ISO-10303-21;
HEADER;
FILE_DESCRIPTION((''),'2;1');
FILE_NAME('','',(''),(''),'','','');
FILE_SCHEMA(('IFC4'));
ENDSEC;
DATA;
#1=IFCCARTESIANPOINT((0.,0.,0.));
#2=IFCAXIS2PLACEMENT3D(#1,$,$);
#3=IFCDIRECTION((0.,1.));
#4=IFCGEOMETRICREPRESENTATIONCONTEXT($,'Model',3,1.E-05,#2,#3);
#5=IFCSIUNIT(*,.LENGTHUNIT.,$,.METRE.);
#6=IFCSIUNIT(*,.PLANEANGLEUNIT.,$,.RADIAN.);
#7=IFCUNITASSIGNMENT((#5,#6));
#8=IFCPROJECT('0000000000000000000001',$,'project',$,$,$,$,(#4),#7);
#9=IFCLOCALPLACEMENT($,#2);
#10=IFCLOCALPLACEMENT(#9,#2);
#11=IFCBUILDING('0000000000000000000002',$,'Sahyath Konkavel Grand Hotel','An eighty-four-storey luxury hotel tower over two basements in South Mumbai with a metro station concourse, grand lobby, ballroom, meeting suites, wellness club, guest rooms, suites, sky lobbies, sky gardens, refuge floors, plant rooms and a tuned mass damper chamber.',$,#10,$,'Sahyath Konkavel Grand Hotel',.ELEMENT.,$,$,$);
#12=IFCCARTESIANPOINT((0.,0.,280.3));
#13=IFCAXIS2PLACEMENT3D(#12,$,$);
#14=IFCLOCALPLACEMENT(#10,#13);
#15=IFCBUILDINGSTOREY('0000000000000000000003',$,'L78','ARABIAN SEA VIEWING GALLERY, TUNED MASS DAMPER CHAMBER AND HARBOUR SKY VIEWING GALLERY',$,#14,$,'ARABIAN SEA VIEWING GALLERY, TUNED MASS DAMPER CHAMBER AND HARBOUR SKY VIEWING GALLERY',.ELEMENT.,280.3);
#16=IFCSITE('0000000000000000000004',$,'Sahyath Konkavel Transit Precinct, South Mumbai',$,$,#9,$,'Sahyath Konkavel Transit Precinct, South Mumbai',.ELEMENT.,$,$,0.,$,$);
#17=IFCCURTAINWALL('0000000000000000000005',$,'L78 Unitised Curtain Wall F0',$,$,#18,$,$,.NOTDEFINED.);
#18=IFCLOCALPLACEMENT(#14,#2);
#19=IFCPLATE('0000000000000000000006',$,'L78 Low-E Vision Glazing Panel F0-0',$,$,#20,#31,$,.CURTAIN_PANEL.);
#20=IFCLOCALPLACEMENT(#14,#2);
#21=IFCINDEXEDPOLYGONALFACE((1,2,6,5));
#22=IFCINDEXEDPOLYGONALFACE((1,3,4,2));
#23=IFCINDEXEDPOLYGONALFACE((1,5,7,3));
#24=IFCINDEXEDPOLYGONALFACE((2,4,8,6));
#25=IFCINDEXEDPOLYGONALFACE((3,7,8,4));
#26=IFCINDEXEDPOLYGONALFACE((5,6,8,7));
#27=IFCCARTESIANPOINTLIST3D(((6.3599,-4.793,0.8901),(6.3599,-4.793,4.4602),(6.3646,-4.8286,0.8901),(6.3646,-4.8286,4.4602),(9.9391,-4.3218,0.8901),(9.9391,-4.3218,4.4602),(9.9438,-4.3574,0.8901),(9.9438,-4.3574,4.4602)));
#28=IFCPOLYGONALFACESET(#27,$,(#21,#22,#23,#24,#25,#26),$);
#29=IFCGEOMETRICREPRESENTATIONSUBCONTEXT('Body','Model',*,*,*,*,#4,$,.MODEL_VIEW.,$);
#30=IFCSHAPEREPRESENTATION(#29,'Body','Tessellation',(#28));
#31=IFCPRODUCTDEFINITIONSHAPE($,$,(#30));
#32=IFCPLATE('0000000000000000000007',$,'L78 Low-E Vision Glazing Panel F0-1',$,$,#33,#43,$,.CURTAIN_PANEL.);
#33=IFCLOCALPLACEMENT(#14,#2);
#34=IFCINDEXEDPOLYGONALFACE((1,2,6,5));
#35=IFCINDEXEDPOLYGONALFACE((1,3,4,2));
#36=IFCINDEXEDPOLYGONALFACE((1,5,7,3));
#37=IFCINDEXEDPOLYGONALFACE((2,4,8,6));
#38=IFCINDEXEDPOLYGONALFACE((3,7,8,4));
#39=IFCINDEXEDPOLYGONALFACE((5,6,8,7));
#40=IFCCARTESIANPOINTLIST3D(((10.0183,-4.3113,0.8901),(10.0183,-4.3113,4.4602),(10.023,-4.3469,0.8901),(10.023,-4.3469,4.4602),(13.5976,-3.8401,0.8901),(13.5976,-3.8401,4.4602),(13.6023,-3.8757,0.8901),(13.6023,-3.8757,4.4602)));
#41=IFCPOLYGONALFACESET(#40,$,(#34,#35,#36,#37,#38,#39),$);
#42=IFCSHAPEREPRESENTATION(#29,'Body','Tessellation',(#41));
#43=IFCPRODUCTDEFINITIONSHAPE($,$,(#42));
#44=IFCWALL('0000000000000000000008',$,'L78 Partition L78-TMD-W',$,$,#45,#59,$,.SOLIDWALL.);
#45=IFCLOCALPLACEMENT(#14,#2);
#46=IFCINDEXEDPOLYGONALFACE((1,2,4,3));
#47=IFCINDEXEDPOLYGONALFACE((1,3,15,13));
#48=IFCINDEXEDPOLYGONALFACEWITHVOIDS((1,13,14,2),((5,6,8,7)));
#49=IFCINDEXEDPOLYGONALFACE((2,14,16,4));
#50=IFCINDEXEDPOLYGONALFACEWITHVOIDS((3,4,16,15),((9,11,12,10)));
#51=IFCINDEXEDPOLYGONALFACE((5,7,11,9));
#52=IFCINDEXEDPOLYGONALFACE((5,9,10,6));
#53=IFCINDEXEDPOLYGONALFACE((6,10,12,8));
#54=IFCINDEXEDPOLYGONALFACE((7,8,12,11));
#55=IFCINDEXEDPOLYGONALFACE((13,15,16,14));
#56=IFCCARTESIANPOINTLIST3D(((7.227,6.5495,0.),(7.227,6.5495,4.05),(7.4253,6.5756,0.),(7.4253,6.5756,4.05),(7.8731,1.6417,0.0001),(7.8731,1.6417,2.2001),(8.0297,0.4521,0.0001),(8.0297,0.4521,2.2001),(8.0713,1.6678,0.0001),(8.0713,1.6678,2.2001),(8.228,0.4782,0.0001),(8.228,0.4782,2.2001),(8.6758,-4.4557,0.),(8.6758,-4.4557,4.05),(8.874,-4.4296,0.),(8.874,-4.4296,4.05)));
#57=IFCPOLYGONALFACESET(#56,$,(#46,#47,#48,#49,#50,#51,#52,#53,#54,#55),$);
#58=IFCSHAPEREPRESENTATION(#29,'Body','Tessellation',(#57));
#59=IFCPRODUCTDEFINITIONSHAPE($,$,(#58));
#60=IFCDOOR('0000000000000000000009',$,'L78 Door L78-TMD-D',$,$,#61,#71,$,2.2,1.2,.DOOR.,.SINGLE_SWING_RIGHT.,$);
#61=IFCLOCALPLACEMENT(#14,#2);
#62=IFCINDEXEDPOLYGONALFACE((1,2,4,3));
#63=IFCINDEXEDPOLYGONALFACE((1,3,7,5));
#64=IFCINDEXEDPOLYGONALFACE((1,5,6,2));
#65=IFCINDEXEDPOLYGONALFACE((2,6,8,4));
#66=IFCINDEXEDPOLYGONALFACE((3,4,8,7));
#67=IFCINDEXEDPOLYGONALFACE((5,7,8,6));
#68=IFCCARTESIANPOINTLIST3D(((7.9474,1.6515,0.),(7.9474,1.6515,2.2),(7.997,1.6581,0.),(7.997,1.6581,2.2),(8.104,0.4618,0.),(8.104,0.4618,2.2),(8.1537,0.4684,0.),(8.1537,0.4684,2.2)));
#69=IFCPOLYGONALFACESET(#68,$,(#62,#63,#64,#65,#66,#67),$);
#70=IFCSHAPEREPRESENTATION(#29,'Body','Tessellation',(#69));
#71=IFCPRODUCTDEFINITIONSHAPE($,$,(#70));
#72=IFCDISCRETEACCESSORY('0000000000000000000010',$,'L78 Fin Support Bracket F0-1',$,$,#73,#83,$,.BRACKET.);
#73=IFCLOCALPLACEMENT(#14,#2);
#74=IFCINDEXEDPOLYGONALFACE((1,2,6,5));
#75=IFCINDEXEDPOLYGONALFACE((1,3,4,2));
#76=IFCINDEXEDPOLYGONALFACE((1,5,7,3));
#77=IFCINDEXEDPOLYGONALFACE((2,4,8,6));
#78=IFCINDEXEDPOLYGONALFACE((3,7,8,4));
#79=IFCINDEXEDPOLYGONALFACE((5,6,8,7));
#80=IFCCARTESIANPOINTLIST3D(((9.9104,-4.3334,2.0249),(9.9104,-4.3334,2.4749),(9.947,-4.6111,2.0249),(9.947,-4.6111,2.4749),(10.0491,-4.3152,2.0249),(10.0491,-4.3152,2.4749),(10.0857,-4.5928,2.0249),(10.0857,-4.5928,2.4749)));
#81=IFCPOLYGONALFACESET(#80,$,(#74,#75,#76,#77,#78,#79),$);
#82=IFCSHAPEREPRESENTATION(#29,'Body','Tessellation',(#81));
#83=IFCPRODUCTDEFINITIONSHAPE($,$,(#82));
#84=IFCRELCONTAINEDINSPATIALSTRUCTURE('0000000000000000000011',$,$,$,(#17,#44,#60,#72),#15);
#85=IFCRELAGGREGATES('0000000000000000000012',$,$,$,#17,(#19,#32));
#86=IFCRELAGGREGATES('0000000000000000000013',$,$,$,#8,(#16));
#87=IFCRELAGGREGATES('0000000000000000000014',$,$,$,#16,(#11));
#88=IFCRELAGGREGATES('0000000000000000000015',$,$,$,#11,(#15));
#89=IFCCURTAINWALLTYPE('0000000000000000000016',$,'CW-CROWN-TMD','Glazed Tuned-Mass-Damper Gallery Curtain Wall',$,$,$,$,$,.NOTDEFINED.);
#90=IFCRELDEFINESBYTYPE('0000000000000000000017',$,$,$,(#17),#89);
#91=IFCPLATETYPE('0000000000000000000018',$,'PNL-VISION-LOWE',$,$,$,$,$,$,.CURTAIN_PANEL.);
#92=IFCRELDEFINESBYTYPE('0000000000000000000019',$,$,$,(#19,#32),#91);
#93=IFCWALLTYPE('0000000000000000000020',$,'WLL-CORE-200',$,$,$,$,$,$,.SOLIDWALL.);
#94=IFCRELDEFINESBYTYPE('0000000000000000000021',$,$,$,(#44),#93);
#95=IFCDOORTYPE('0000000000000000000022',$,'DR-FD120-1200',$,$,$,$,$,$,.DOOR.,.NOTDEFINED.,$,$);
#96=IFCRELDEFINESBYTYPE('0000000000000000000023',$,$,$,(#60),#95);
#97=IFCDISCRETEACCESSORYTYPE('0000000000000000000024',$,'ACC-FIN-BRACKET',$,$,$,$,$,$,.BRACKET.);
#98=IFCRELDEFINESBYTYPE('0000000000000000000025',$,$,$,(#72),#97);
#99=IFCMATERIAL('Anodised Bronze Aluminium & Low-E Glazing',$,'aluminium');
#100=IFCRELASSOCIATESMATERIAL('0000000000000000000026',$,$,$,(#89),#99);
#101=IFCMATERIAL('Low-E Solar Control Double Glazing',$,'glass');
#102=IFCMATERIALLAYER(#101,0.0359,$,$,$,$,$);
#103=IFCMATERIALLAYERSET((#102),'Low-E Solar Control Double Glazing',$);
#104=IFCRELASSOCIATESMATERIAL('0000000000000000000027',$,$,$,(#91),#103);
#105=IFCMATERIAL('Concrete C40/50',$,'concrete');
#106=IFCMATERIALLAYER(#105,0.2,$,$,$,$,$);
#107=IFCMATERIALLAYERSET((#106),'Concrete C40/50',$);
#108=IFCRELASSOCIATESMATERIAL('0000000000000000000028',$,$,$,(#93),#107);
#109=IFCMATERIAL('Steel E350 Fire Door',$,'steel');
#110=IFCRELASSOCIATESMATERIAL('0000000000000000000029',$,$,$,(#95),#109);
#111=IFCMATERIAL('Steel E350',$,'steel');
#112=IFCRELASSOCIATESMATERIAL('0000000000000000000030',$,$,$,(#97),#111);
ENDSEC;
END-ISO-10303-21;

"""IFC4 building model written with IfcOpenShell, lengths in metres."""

from ifc_helpers import new_model, si_unit, direction, frame, frame_2d, origin, origin_2d, place, context, subcontext, project, spatial, rectangle, extrude, source, transform, mapped, material, layer, layer_set, type_object, element, fill, aggregate, save


model = new_model("IFC4")

# Units and contexts
model_context = context("Model", 3, precision=1e-05, world=origin(), true_north=direction((0.0, 1.0)))
body_context = subcontext(model_context, "Body", "Model", "MODEL_VIEW")
ifc_project = project(units=[si_unit("LENGTHUNIT", "METRE"), si_unit("PLANEANGLEUNIT", "RADIAN")], contexts=[model_context])

# Site, building, storey
site_placement = place(None, origin())
site = spatial("IfcSite", under=ifc_project, at=site_placement, Name="Sahyath Konkavel Transit Precinct, South Mumbai", LongName="Sahyath Konkavel Transit Precinct, South Mumbai", CompositionType="ELEMENT", RefElevation=0.0)
building_placement = place(site_placement, origin())
building = spatial("IfcBuilding", under=site, at=building_placement, Name="Sahyath Konkavel Grand Hotel", Description="An eighty-four-storey luxury hotel tower over two basements in South Mumbai with a metro station concourse, grand lobby, ballroom, meeting suites, wellness club, guest rooms, suites, sky lobbies, sky gardens, refuge floors, plant rooms and a tuned mass damper chamber.", LongName="Sahyath Konkavel Grand Hotel", CompositionType="ELEMENT")
storey_placement = place(building_placement, frame((0.0, 0.0, 280.3)))
storey = spatial("IfcBuildingStorey", under=building, at=storey_placement, Name="L78", Description="ARABIAN SEA VIEWING GALLERY, TUNED MASS DAMPER CHAMBER AND HARBOUR SKY VIEWING GALLERY", LongName="ARABIAN SEA VIEWING GALLERY, TUNED MASS DAMPER CHAMBER AND HARBOUR SKY VIEWING GALLERY", CompositionType="ELEMENT", Elevation=280.3)

# Shared definitions
ifc_material_1 = material(Name="Concrete C40/50", Category="concrete")

# Shared definitions
ifc_material_2 = material(Name="Steel E350", Category="steel")

# Curtain wall
ifc_material_3 = material(Name="Anodised Bronze Aluminium & Low-E Glazing", Category="aluminium")
curtain_wall_type = type_object("IfcCurtainWallType", Name="CW-CROWN-TMD", Description="Glazed Tuned-Mass-Damper Gallery Curtain Wall", PredefinedType="NOTDEFINED", material=ifc_material_3)
curtain_wall_placement = place(storey_placement, origin())
curtain_wall = element("IfcCurtainWall", 1, at=curtain_wall_placement, inside=storey, type_object=curtain_wall_type, Name="L78 Unitised Curtain Wall F0", PredefinedType="NOTDEFINED")

# Plates
ifc_material_4 = material(Name="Low-E Solar Control Double Glazing", Category="glass")
ifc_layer_1 = layer(ifc_material_4, 0.0359)
ifc_layer_set_1 = layer_set([ifc_layer_1], Name="Low-E Solar Control Double Glazing")
plate_type_1 = type_object("IfcPlateType", Name="PNL-VISION-LOWE", PredefinedType="CURTAIN_PANEL", material=ifc_layer_set_1)
shared_shape_1 = source(origin(), body_context, "Body", "SweptSolid", [
    extrude(rectangle(XDim=3.6101, YDim=0.0359, at=origin_2d()), origin(), (0.0, 0.0, 1.0), 3.5701),
])
plate_1_placement = place(storey_placement, frame((8.1519, -4.5752, 0.8901), z_axis=(0.0, 0.0, 1.0), x_axis=(0.991445, 0.130526, 0.0)))
plate_1 = element("IfcPlate", 2, at=plate_1_placement, type_object=plate_type_1, Name="L78 Low-E Vision Glazing Panel F0-0", PredefinedType="CURTAIN_PANEL", context=body_context, shape_type="MappedRepresentation", body=[
    mapped(shared_shape_1, transform((0.0, 0.0, 0.0), scale=1.0)),
])
plate_2_placement = place(storey_placement, frame((11.8103, -4.0935, 0.8901), z_axis=(0.0, 0.0, 1.0), x_axis=(0.991445, 0.130526, 0.0)))
plate_2 = element("IfcPlate", 3, at=plate_2_placement, type_object=plate_type_1, Name="L78 Low-E Vision Glazing Panel F0-1", PredefinedType="CURTAIN_PANEL", context=body_context, shape_type="MappedRepresentation", body=[
    mapped(shared_shape_1, transform((0.0, 0.0, 0.0), scale=1.0)),
])
aggregate(curtain_wall, [plate_1, plate_2])

# Wall, opening, door
ifc_layer_2 = layer(ifc_material_1, 0.2)
ifc_layer_set_2 = layer_set([ifc_layer_2], Name="Concrete C40/50")
wall_type = type_object("IfcWallType", Name="WLL-CORE-200", PredefinedType="SOLIDWALL", material=ifc_layer_set_2)
wall_placement = place(storey_placement, frame((8.7749, -4.4426, 0.0), z_axis=(0.0, 0.0, 1.0), x_axis=(-0.130515, 0.991446, 0.0)))
wall = element("IfcWall", 4, at=wall_placement, inside=storey, type_object=wall_type, Name="L78 Partition L78-TMD-W", PredefinedType="SOLIDWALL", context=body_context, shape_type="SweptSolid", body=[
    extrude(rectangle(XDim=11.1001, YDim=0.2, at=frame_2d((5.55, 0.0))), origin(), (0.0, 0.0, 1.0), 4.05),
])
opening_placement = place(wall_placement, frame((4.95, 0.0, 0.0)))
opening = element("IfcOpeningElement", 5, at=opening_placement, cuts=wall, PredefinedType="OPENING", context=body_context, shape_type="SweptSolid", body=[
    extrude(rectangle(XDim=1.2, YDim=2.2, at=frame_2d((0.6001, 1.1001))), frame((0.0, 0.1099, 0.0), z_axis=(0.0, -1.0, 0.0), x_axis=(1.0, 0.0, 0.0)), (0.0, 0.0, 1.0), 0.22),
])
ifc_material_5 = material(Name="Steel E350 Fire Door", Category="steel")
door_type = type_object("IfcDoorType", Name="DR-FD120-1200", OperationType="NOTDEFINED", PredefinedType="DOOR", material=ifc_material_5)
shared_shape_2 = source(origin(), body_context, "Body", "SweptSolid", [
    extrude(rectangle(XDim=1.2, YDim=0.05, at=origin_2d()), origin(), (0.0, 0.0, 1.0), 2.2),
])
door_placement = place(opening_placement, frame((0.6001, 0.0, 0.0)))
door = element("IfcDoor", 6, at=door_placement, inside=storey, type_object=door_type, Name="L78 Door L78-TMD-D", OperationType="SINGLE_SWING_RIGHT", OverallHeight=2.2, OverallWidth=1.2, PredefinedType="DOOR", context=body_context, shape_type="MappedRepresentation", body=[
    mapped(shared_shape_2, transform((0.0, 0.0, 0.0), scale=1.0)),
])
fill(opening, door)

# Discrete accessory
discrete_accessory_type = type_object("IfcDiscreteAccessoryType", Name="ACC-FIN-BRACKET", PredefinedType="BRACKET", material=ifc_material_2)
shared_shape_3 = source(origin(), body_context, "Body", "SweptSolid", [
    extrude(rectangle(XDim=0.28, YDim=0.1399, at=origin_2d()), origin(), (0.0, 0.0, 1.0), 0.45),
])
discrete_accessory_placement = place(storey_placement, frame((9.998, -4.4631, 2.0249), z_axis=(0.0, 0.0, 1.0), x_axis=(0.130526, -0.991445, 0.0)))
element("IfcDiscreteAccessory", 7, at=discrete_accessory_placement, inside=storey, type_object=discrete_accessory_type, Name="L78 Fin Support Bracket F0-1", PredefinedType="BRACKET", context=body_context, shape_type="MappedRepresentation", body=[
    mapped(shared_shape_3, transform((0.0, 0.0, 0.0), scale=1.0)),
])

save(model, "model.ifc")
